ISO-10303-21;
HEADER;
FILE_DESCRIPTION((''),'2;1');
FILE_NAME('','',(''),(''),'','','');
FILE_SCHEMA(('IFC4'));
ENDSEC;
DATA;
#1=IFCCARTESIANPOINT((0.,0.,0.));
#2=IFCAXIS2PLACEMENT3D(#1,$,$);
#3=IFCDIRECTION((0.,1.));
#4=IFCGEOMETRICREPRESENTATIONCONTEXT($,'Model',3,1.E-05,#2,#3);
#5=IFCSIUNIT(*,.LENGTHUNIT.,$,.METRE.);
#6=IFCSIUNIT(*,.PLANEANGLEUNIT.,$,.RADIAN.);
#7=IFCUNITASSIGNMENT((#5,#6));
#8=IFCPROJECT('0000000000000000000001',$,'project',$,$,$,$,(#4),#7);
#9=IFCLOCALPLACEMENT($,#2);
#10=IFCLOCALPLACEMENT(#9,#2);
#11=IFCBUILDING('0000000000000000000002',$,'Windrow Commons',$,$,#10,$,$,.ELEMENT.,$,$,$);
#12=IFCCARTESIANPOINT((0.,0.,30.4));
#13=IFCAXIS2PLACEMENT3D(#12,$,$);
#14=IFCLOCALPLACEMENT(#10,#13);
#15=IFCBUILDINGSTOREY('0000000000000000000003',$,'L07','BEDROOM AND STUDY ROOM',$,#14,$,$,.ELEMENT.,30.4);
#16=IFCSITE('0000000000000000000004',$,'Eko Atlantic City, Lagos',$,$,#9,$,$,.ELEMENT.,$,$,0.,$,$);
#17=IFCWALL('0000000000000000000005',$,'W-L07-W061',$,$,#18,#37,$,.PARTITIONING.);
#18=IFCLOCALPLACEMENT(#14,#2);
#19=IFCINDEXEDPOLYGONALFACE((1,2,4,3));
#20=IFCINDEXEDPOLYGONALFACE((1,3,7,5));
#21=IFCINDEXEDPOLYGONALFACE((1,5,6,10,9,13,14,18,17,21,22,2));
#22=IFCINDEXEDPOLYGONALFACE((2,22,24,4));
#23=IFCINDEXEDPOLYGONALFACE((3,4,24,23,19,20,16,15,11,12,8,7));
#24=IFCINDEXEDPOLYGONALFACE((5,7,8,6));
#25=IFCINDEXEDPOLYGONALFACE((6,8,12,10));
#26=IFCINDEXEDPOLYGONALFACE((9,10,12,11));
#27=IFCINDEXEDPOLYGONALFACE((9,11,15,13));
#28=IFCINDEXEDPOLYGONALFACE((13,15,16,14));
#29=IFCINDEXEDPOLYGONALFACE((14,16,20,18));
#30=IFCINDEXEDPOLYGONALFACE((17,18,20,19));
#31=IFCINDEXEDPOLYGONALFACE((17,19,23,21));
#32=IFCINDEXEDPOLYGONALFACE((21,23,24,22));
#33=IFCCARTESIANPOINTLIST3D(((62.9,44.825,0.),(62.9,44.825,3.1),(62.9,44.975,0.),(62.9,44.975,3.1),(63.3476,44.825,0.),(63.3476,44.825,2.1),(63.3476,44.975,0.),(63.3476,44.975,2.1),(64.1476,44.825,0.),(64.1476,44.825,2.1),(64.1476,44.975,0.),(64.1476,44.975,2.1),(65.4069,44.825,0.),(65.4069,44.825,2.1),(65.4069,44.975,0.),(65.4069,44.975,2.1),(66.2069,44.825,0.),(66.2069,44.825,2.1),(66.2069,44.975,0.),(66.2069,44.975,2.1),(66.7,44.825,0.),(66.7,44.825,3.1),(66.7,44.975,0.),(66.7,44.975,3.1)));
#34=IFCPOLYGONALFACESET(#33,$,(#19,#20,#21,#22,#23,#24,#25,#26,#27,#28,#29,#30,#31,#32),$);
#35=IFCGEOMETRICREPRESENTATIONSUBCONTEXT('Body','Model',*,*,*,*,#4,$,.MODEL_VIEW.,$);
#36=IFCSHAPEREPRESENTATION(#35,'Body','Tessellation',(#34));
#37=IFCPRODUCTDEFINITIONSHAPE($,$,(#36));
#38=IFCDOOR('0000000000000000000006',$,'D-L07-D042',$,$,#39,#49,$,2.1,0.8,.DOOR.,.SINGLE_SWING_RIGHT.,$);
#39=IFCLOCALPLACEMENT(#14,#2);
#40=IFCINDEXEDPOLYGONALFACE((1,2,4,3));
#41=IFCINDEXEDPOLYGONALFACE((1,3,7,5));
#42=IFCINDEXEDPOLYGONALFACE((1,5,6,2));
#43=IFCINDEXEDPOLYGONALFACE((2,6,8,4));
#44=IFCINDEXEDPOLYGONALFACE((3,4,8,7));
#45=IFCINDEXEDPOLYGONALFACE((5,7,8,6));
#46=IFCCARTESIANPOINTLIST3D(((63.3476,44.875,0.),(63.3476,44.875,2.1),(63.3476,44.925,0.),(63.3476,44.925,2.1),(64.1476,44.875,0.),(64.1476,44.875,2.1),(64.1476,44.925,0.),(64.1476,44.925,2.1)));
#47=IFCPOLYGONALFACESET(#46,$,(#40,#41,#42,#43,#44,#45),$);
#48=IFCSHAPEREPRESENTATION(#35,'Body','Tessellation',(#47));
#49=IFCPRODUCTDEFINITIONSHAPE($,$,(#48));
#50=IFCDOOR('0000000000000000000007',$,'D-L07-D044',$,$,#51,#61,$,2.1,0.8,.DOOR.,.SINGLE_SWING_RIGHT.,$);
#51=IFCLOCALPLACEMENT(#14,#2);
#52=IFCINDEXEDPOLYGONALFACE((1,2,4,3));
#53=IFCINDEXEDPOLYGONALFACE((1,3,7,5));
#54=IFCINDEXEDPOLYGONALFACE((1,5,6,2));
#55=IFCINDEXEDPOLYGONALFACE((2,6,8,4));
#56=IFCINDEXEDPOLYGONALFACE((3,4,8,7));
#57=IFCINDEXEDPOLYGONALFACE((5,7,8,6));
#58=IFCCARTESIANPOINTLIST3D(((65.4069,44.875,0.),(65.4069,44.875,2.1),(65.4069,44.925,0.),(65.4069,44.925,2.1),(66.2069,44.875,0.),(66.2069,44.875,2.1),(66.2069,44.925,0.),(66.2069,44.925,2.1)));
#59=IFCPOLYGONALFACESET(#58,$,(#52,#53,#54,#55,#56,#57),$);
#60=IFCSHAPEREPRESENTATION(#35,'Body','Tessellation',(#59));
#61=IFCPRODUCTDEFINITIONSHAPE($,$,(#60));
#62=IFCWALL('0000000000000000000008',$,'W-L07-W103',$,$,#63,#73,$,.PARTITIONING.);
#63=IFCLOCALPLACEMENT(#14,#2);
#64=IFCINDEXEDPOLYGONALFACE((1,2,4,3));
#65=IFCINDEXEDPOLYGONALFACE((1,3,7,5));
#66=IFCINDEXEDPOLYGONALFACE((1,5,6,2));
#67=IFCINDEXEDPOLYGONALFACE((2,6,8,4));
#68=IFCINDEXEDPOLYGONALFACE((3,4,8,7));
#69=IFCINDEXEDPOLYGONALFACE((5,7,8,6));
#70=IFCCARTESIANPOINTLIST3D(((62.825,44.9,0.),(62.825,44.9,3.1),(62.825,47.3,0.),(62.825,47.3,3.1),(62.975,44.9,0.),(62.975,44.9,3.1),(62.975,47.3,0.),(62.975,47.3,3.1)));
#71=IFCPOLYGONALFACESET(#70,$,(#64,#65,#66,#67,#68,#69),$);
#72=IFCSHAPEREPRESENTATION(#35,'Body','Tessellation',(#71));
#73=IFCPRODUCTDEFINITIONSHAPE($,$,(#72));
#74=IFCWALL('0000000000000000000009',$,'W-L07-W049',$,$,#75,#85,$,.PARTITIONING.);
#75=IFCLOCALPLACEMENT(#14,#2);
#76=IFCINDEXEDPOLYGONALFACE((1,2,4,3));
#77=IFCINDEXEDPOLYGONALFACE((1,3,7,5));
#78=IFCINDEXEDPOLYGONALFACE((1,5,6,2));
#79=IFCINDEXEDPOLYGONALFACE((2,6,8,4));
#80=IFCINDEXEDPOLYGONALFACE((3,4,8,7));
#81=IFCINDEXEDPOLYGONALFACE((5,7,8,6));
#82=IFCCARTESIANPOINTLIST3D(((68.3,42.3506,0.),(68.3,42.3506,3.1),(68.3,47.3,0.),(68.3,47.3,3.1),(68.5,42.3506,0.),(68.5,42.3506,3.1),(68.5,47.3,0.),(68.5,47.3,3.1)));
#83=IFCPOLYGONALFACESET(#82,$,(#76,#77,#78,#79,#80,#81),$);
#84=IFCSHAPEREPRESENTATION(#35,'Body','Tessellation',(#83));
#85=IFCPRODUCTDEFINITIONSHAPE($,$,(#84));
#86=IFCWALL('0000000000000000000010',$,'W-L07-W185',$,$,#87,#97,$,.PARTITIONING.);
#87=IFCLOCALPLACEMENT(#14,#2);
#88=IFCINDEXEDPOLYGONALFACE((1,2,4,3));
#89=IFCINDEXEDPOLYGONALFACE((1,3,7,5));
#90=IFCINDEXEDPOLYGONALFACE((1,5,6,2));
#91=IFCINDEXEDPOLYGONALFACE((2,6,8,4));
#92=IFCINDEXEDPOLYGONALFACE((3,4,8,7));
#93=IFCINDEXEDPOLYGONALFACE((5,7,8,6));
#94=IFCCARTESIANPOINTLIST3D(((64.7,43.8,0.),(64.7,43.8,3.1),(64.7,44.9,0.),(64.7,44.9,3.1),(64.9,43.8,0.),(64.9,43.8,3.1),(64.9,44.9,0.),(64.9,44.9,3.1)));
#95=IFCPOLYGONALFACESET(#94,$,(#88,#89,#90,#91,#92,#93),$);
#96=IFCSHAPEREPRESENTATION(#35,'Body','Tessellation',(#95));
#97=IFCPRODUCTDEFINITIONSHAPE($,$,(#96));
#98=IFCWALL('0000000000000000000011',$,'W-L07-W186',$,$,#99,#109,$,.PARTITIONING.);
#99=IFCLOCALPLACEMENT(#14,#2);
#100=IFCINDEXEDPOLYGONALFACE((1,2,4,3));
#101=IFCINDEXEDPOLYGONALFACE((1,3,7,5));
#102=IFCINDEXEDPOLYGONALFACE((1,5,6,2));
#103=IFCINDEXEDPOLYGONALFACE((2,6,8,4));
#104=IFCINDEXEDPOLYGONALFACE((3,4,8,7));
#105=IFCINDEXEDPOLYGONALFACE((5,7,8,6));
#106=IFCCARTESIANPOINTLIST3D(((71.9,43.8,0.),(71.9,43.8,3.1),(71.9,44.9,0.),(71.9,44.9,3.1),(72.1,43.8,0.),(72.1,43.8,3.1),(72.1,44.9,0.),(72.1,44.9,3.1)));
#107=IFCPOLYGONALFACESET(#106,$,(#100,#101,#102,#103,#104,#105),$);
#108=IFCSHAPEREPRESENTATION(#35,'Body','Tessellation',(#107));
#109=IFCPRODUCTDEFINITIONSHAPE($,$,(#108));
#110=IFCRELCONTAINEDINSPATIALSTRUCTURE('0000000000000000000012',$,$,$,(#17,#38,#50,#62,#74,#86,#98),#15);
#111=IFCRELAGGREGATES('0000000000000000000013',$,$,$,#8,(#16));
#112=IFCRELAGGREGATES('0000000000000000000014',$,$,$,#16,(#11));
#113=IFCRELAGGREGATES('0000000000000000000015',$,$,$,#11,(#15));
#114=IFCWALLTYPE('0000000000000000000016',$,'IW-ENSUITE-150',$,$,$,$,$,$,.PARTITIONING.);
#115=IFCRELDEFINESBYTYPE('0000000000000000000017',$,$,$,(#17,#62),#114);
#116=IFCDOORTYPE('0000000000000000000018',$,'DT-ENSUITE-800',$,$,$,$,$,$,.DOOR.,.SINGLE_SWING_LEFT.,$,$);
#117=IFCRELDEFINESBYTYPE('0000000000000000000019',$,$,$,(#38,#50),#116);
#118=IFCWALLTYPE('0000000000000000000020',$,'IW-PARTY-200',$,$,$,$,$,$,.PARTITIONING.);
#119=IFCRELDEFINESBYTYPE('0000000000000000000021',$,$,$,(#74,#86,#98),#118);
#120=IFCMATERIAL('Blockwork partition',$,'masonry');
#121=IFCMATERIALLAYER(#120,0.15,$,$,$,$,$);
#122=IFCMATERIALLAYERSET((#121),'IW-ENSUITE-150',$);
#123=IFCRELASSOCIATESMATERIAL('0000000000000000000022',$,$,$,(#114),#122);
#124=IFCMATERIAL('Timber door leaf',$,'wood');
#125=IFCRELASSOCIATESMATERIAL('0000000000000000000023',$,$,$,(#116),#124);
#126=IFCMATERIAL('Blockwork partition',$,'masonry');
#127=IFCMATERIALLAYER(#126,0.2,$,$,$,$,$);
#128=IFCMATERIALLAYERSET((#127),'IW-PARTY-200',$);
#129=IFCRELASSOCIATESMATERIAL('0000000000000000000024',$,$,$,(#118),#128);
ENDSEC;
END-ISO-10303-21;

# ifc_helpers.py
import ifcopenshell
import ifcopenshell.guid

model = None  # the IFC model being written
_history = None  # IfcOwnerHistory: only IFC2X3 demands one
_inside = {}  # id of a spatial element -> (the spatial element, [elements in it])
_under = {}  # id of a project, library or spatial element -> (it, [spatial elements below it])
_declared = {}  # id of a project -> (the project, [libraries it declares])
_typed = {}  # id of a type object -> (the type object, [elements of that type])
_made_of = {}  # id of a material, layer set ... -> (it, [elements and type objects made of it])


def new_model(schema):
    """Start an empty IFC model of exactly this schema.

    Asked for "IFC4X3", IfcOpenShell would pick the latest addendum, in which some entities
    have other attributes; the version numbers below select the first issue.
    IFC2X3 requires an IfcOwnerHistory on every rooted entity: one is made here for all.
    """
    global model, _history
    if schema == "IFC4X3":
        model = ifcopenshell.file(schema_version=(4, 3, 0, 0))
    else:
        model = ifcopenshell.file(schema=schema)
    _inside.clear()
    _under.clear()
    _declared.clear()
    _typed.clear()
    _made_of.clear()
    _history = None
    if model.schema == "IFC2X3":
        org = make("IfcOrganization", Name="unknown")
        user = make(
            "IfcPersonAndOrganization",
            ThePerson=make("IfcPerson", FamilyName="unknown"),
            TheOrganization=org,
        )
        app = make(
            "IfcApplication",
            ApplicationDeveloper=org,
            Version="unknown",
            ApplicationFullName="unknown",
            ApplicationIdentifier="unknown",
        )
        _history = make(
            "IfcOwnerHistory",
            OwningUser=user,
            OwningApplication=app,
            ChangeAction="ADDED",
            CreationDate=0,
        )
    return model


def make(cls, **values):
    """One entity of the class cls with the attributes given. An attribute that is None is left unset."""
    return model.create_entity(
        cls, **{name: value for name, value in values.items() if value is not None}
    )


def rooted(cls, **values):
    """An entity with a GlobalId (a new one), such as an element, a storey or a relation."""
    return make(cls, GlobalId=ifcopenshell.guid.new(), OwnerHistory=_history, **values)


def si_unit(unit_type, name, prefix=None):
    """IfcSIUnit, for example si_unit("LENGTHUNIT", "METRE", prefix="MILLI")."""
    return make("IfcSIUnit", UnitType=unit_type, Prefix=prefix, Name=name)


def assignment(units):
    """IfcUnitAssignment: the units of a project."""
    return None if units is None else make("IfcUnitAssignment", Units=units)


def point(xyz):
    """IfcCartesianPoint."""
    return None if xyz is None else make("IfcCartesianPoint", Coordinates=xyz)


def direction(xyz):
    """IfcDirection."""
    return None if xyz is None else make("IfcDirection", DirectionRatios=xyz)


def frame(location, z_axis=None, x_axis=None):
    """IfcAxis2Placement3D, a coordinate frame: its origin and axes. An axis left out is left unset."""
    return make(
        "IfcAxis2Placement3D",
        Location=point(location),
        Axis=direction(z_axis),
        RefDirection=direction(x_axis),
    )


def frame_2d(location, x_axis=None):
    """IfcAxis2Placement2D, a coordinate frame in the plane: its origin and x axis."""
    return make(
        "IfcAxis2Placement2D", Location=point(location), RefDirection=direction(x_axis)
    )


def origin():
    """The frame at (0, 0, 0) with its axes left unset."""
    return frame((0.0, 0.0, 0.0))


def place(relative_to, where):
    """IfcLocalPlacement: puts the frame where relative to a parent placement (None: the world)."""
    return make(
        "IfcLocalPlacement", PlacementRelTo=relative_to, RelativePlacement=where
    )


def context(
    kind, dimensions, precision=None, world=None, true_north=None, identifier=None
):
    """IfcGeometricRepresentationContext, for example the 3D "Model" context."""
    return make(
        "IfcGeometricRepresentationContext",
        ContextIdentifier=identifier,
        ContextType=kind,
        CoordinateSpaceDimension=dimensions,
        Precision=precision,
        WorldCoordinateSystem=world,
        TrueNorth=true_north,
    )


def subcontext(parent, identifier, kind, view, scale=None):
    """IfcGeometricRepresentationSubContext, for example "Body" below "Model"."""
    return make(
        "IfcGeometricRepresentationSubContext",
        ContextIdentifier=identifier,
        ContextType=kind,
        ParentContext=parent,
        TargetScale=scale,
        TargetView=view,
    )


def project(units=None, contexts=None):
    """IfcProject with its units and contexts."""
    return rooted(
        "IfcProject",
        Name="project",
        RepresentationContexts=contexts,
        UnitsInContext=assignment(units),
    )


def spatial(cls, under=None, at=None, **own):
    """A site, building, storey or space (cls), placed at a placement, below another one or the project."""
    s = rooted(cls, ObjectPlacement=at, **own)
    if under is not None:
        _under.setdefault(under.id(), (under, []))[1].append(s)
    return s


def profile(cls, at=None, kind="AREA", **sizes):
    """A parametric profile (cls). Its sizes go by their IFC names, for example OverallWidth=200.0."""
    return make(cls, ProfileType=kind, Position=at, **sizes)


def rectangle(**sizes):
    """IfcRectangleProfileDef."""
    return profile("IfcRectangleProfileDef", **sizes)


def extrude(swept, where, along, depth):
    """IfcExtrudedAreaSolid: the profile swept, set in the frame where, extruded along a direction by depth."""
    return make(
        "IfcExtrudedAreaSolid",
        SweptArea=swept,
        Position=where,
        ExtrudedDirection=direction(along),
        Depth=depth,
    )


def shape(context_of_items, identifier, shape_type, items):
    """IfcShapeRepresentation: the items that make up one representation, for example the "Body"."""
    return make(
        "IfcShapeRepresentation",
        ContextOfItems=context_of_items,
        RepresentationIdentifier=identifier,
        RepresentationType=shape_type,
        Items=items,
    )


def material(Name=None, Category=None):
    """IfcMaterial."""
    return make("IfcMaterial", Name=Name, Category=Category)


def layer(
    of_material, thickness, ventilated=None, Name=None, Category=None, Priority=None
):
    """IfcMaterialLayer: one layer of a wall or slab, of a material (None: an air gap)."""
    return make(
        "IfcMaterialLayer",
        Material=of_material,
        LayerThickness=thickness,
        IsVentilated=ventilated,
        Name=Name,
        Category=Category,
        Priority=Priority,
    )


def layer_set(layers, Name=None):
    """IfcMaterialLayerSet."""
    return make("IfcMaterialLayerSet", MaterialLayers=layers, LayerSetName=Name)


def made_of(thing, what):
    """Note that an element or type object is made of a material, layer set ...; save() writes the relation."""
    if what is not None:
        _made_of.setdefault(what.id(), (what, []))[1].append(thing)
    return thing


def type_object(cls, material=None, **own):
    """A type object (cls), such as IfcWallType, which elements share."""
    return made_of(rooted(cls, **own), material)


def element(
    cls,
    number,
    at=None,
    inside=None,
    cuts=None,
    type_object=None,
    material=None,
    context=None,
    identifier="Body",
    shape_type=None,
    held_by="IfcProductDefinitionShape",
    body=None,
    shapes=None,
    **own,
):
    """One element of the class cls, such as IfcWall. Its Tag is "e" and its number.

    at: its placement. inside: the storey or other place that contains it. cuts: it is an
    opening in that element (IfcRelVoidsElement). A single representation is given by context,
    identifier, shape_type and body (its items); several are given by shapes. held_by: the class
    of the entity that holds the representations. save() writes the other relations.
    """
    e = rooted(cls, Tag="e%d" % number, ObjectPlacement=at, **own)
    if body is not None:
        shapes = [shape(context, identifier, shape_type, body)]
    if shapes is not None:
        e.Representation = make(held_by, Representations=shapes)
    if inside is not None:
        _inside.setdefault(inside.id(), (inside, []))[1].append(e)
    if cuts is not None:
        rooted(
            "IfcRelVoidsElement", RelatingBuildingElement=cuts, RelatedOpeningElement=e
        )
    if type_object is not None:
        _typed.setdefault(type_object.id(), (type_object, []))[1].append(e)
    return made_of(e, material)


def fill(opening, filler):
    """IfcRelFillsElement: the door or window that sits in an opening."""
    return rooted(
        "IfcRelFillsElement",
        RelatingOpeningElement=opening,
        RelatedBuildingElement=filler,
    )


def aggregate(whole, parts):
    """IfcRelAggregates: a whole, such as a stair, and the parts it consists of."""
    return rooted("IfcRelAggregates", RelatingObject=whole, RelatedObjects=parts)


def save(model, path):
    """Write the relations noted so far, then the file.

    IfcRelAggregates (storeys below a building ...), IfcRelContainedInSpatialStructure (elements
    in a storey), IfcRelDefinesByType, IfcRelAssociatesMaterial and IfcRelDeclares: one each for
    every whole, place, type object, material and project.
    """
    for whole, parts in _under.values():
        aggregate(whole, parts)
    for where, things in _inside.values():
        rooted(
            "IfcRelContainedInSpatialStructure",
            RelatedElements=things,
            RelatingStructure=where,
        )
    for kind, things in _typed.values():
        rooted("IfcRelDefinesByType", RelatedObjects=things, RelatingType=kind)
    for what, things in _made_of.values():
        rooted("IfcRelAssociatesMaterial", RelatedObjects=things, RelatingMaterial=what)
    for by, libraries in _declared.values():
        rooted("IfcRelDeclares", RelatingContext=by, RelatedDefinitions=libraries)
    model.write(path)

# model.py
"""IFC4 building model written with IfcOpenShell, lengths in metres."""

from ifc_helpers import new_model, si_unit, direction, frame, frame_2d, origin, place, context, subcontext, project, spatial, rectangle, extrude, material, layer, layer_set, type_object, element, fill, save


model = new_model("IFC4")

# Units and contexts
model_context = context("Model", 3, precision=1e-05, world=origin(), true_north=direction((0.0, 1.0)))
body_context = subcontext(model_context, "Body", "Model", "MODEL_VIEW")
ifc_project = project(units=[si_unit("LENGTHUNIT", "METRE"), si_unit("PLANEANGLEUNIT", "RADIAN")], contexts=[model_context])

# Site, building, storey
site_placement = place(None, origin())
site = spatial("IfcSite", under=ifc_project, at=site_placement, Name="Eko Atlantic City, Lagos", CompositionType="ELEMENT", RefElevation=0.0)
building_placement = place(site_placement, origin())
building = spatial("IfcBuilding", under=site, at=building_placement, Name="Windrow Commons", CompositionType="ELEMENT")
storey_placement = place(building_placement, frame((0.0, 0.0, 30.4)))
storey = spatial("IfcBuildingStorey", under=building, at=storey_placement, Name="L07", Description="BEDROOM AND STUDY ROOM", CompositionType="ELEMENT", Elevation=30.4)

# Wall, openings, doors
ifc_material_1 = material(Name="Blockwork partition", Category="masonry")
ifc_layer_1 = layer(ifc_material_1, 0.15)
ifc_layer_set_1 = layer_set([ifc_layer_1], Name="IW-ENSUITE-150")
wall_type_1 = type_object("IfcWallType", Name="IW-ENSUITE-150", PredefinedType="PARTITIONING", material=ifc_layer_set_1)
wall_1_placement = place(storey_placement, frame((62.9, 44.9, 0.0), z_axis=(0.0, 0.0, 1.0), x_axis=(1.0, 0.0, 0.0)))
wall_1 = element("IfcWall", 1, at=wall_1_placement, inside=storey, type_object=wall_type_1, Name="W-L07-W061", PredefinedType="PARTITIONING", context=body_context, shape_type="SweptSolid", body=[
    extrude(rectangle(XDim=3.8, YDim=0.15, at=frame_2d((1.9, 0.0))), origin(), (0.0, 0.0, 1.0), 3.1),
])
opening_1_placement = place(wall_1_placement, frame((0.4476, 0.0, 0.0)))
opening_1 = element("IfcOpeningElement", 2, at=opening_1_placement, cuts=wall_1, PredefinedType="OPENING", context=body_context, shape_type="SweptSolid", body=[
    extrude(rectangle(XDim=0.8, YDim=2.1, at=frame_2d((0.4, 1.05))), frame((0.0, 0.085, 0.0), z_axis=(0.0, -1.0, 0.0), x_axis=(1.0, 0.0, 0.0)), (0.0, 0.0, 1.0), 0.17),
])
opening_2_placement = place(wall_1_placement, frame((2.5069, 0.0, 0.0)))
opening_2 = element("IfcOpeningElement", 3, at=opening_2_placement, cuts=wall_1, PredefinedType="OPENING", context=body_context, shape_type="SweptSolid", body=[
    extrude(rectangle(XDim=0.8, YDim=2.1, at=frame_2d((0.4, 1.05))), frame((0.0, 0.085, 0.0), z_axis=(0.0, -1.0, 0.0), x_axis=(1.0, 0.0, 0.0)), (0.0, 0.0, 1.0), 0.17),
])
ifc_material_2 = material(Name="Timber door leaf", Category="wood")
door_type = type_object("IfcDoorType", Name="DT-ENSUITE-800", OperationType="SINGLE_SWING_LEFT", PredefinedType="DOOR", material=ifc_material_2)
door_1_placement = place(opening_1_placement, origin())
door_1 = element("IfcDoor", 4, at=door_1_placement, inside=storey, type_object=door_type, Name="D-L07-D042", OperationType="SINGLE_SWING_RIGHT", OverallHeight=2.1, OverallWidth=0.8, PredefinedType="DOOR", context=body_context, shape_type="SweptSolid", body=[
    extrude(rectangle(XDim=0.8, YDim=2.1, at=frame_2d((0.4, 1.05))), frame((0.0, 0.025, 0.0), z_axis=(0.0, -1.0, 0.0), x_axis=(1.0, 0.0, 0.0)), (0.0, 0.0, 1.0), 0.05),
])
fill(opening_1, door_1)
door_2_placement = place(opening_2_placement, origin())
door_2 = element("IfcDoor", 5, at=door_2_placement, inside=storey, type_object=door_type, Name="D-L07-D044", OperationType="SINGLE_SWING_RIGHT", OverallHeight=2.1, OverallWidth=0.8, PredefinedType="DOOR", context=body_context, shape_type="SweptSolid", body=[
    extrude(rectangle(XDim=0.8, YDim=2.1, at=frame_2d((0.4, 1.05))), frame((0.0, 0.025, 0.0), z_axis=(0.0, -1.0, 0.0), x_axis=(1.0, 0.0, 0.0)), (0.0, 0.0, 1.0), 0.05),
])
fill(opening_2, door_2)

# Walls
wall_2_placement = place(storey_placement, frame((62.9, 44.9, 0.0), z_axis=(0.0, 0.0, 1.0), x_axis=(0.0, 1.0, 0.0)))
element("IfcWall", 6, at=wall_2_placement, inside=storey, type_object=wall_type_1, Name="W-L07-W103", PredefinedType="PARTITIONING", context=body_context, shape_type="SweptSolid", body=[
    extrude(rectangle(XDim=2.4, YDim=0.15, at=frame_2d((1.2, 0.0))), origin(), (0.0, 0.0, 1.0), 3.1),
])
ifc_material_3 = material(Name="Blockwork partition", Category="masonry")
ifc_layer_2 = layer(ifc_material_3, 0.2)
ifc_layer_set_2 = layer_set([ifc_layer_2], Name="IW-PARTY-200")
wall_type_2 = type_object("IfcWallType", Name="IW-PARTY-200", PredefinedType="PARTITIONING", material=ifc_layer_set_2)
wall_3_placement = place(storey_placement, frame((68.4, 42.3506, 0.0), z_axis=(0.0, 0.0, 1.0), x_axis=(0.0, 1.0, 0.0)))
element("IfcWall", 7, at=wall_3_placement, inside=storey, type_object=wall_type_2, Name="W-L07-W049", PredefinedType="PARTITIONING", context=body_context, shape_type="SweptSolid", body=[
    extrude(rectangle(XDim=4.9494, YDim=0.2, at=frame_2d((2.4747, 0.0))), origin(), (0.0, 0.0, 1.0), 3.1),
])
for number, where, z_axis, x_axis, name in (
    (8, (64.8, 43.8, 0.0), (0.0, 0.0, 1.0), (0.0, 1.0, 0.0), "W-L07-W185"),
    (9, (72.0, 43.8, 0.0), (0.0, 0.0, 1.0), (0.0, 1.0, 0.0), "W-L07-W186"),
):
    element("IfcWall", number, at=place(storey_placement, frame(where, z_axis=z_axis, x_axis=x_axis)), inside=storey, type_object=wall_type_2, Name=name, PredefinedType="PARTITIONING", context=body_context, shape_type="SweptSolid", body=[
        extrude(rectangle(XDim=1.1, YDim=0.2, at=frame_2d((0.55, 0.0))), origin(), (0.0, 0.0, 1.0), 3.1),
    ])

save(model, "model.ifc")
